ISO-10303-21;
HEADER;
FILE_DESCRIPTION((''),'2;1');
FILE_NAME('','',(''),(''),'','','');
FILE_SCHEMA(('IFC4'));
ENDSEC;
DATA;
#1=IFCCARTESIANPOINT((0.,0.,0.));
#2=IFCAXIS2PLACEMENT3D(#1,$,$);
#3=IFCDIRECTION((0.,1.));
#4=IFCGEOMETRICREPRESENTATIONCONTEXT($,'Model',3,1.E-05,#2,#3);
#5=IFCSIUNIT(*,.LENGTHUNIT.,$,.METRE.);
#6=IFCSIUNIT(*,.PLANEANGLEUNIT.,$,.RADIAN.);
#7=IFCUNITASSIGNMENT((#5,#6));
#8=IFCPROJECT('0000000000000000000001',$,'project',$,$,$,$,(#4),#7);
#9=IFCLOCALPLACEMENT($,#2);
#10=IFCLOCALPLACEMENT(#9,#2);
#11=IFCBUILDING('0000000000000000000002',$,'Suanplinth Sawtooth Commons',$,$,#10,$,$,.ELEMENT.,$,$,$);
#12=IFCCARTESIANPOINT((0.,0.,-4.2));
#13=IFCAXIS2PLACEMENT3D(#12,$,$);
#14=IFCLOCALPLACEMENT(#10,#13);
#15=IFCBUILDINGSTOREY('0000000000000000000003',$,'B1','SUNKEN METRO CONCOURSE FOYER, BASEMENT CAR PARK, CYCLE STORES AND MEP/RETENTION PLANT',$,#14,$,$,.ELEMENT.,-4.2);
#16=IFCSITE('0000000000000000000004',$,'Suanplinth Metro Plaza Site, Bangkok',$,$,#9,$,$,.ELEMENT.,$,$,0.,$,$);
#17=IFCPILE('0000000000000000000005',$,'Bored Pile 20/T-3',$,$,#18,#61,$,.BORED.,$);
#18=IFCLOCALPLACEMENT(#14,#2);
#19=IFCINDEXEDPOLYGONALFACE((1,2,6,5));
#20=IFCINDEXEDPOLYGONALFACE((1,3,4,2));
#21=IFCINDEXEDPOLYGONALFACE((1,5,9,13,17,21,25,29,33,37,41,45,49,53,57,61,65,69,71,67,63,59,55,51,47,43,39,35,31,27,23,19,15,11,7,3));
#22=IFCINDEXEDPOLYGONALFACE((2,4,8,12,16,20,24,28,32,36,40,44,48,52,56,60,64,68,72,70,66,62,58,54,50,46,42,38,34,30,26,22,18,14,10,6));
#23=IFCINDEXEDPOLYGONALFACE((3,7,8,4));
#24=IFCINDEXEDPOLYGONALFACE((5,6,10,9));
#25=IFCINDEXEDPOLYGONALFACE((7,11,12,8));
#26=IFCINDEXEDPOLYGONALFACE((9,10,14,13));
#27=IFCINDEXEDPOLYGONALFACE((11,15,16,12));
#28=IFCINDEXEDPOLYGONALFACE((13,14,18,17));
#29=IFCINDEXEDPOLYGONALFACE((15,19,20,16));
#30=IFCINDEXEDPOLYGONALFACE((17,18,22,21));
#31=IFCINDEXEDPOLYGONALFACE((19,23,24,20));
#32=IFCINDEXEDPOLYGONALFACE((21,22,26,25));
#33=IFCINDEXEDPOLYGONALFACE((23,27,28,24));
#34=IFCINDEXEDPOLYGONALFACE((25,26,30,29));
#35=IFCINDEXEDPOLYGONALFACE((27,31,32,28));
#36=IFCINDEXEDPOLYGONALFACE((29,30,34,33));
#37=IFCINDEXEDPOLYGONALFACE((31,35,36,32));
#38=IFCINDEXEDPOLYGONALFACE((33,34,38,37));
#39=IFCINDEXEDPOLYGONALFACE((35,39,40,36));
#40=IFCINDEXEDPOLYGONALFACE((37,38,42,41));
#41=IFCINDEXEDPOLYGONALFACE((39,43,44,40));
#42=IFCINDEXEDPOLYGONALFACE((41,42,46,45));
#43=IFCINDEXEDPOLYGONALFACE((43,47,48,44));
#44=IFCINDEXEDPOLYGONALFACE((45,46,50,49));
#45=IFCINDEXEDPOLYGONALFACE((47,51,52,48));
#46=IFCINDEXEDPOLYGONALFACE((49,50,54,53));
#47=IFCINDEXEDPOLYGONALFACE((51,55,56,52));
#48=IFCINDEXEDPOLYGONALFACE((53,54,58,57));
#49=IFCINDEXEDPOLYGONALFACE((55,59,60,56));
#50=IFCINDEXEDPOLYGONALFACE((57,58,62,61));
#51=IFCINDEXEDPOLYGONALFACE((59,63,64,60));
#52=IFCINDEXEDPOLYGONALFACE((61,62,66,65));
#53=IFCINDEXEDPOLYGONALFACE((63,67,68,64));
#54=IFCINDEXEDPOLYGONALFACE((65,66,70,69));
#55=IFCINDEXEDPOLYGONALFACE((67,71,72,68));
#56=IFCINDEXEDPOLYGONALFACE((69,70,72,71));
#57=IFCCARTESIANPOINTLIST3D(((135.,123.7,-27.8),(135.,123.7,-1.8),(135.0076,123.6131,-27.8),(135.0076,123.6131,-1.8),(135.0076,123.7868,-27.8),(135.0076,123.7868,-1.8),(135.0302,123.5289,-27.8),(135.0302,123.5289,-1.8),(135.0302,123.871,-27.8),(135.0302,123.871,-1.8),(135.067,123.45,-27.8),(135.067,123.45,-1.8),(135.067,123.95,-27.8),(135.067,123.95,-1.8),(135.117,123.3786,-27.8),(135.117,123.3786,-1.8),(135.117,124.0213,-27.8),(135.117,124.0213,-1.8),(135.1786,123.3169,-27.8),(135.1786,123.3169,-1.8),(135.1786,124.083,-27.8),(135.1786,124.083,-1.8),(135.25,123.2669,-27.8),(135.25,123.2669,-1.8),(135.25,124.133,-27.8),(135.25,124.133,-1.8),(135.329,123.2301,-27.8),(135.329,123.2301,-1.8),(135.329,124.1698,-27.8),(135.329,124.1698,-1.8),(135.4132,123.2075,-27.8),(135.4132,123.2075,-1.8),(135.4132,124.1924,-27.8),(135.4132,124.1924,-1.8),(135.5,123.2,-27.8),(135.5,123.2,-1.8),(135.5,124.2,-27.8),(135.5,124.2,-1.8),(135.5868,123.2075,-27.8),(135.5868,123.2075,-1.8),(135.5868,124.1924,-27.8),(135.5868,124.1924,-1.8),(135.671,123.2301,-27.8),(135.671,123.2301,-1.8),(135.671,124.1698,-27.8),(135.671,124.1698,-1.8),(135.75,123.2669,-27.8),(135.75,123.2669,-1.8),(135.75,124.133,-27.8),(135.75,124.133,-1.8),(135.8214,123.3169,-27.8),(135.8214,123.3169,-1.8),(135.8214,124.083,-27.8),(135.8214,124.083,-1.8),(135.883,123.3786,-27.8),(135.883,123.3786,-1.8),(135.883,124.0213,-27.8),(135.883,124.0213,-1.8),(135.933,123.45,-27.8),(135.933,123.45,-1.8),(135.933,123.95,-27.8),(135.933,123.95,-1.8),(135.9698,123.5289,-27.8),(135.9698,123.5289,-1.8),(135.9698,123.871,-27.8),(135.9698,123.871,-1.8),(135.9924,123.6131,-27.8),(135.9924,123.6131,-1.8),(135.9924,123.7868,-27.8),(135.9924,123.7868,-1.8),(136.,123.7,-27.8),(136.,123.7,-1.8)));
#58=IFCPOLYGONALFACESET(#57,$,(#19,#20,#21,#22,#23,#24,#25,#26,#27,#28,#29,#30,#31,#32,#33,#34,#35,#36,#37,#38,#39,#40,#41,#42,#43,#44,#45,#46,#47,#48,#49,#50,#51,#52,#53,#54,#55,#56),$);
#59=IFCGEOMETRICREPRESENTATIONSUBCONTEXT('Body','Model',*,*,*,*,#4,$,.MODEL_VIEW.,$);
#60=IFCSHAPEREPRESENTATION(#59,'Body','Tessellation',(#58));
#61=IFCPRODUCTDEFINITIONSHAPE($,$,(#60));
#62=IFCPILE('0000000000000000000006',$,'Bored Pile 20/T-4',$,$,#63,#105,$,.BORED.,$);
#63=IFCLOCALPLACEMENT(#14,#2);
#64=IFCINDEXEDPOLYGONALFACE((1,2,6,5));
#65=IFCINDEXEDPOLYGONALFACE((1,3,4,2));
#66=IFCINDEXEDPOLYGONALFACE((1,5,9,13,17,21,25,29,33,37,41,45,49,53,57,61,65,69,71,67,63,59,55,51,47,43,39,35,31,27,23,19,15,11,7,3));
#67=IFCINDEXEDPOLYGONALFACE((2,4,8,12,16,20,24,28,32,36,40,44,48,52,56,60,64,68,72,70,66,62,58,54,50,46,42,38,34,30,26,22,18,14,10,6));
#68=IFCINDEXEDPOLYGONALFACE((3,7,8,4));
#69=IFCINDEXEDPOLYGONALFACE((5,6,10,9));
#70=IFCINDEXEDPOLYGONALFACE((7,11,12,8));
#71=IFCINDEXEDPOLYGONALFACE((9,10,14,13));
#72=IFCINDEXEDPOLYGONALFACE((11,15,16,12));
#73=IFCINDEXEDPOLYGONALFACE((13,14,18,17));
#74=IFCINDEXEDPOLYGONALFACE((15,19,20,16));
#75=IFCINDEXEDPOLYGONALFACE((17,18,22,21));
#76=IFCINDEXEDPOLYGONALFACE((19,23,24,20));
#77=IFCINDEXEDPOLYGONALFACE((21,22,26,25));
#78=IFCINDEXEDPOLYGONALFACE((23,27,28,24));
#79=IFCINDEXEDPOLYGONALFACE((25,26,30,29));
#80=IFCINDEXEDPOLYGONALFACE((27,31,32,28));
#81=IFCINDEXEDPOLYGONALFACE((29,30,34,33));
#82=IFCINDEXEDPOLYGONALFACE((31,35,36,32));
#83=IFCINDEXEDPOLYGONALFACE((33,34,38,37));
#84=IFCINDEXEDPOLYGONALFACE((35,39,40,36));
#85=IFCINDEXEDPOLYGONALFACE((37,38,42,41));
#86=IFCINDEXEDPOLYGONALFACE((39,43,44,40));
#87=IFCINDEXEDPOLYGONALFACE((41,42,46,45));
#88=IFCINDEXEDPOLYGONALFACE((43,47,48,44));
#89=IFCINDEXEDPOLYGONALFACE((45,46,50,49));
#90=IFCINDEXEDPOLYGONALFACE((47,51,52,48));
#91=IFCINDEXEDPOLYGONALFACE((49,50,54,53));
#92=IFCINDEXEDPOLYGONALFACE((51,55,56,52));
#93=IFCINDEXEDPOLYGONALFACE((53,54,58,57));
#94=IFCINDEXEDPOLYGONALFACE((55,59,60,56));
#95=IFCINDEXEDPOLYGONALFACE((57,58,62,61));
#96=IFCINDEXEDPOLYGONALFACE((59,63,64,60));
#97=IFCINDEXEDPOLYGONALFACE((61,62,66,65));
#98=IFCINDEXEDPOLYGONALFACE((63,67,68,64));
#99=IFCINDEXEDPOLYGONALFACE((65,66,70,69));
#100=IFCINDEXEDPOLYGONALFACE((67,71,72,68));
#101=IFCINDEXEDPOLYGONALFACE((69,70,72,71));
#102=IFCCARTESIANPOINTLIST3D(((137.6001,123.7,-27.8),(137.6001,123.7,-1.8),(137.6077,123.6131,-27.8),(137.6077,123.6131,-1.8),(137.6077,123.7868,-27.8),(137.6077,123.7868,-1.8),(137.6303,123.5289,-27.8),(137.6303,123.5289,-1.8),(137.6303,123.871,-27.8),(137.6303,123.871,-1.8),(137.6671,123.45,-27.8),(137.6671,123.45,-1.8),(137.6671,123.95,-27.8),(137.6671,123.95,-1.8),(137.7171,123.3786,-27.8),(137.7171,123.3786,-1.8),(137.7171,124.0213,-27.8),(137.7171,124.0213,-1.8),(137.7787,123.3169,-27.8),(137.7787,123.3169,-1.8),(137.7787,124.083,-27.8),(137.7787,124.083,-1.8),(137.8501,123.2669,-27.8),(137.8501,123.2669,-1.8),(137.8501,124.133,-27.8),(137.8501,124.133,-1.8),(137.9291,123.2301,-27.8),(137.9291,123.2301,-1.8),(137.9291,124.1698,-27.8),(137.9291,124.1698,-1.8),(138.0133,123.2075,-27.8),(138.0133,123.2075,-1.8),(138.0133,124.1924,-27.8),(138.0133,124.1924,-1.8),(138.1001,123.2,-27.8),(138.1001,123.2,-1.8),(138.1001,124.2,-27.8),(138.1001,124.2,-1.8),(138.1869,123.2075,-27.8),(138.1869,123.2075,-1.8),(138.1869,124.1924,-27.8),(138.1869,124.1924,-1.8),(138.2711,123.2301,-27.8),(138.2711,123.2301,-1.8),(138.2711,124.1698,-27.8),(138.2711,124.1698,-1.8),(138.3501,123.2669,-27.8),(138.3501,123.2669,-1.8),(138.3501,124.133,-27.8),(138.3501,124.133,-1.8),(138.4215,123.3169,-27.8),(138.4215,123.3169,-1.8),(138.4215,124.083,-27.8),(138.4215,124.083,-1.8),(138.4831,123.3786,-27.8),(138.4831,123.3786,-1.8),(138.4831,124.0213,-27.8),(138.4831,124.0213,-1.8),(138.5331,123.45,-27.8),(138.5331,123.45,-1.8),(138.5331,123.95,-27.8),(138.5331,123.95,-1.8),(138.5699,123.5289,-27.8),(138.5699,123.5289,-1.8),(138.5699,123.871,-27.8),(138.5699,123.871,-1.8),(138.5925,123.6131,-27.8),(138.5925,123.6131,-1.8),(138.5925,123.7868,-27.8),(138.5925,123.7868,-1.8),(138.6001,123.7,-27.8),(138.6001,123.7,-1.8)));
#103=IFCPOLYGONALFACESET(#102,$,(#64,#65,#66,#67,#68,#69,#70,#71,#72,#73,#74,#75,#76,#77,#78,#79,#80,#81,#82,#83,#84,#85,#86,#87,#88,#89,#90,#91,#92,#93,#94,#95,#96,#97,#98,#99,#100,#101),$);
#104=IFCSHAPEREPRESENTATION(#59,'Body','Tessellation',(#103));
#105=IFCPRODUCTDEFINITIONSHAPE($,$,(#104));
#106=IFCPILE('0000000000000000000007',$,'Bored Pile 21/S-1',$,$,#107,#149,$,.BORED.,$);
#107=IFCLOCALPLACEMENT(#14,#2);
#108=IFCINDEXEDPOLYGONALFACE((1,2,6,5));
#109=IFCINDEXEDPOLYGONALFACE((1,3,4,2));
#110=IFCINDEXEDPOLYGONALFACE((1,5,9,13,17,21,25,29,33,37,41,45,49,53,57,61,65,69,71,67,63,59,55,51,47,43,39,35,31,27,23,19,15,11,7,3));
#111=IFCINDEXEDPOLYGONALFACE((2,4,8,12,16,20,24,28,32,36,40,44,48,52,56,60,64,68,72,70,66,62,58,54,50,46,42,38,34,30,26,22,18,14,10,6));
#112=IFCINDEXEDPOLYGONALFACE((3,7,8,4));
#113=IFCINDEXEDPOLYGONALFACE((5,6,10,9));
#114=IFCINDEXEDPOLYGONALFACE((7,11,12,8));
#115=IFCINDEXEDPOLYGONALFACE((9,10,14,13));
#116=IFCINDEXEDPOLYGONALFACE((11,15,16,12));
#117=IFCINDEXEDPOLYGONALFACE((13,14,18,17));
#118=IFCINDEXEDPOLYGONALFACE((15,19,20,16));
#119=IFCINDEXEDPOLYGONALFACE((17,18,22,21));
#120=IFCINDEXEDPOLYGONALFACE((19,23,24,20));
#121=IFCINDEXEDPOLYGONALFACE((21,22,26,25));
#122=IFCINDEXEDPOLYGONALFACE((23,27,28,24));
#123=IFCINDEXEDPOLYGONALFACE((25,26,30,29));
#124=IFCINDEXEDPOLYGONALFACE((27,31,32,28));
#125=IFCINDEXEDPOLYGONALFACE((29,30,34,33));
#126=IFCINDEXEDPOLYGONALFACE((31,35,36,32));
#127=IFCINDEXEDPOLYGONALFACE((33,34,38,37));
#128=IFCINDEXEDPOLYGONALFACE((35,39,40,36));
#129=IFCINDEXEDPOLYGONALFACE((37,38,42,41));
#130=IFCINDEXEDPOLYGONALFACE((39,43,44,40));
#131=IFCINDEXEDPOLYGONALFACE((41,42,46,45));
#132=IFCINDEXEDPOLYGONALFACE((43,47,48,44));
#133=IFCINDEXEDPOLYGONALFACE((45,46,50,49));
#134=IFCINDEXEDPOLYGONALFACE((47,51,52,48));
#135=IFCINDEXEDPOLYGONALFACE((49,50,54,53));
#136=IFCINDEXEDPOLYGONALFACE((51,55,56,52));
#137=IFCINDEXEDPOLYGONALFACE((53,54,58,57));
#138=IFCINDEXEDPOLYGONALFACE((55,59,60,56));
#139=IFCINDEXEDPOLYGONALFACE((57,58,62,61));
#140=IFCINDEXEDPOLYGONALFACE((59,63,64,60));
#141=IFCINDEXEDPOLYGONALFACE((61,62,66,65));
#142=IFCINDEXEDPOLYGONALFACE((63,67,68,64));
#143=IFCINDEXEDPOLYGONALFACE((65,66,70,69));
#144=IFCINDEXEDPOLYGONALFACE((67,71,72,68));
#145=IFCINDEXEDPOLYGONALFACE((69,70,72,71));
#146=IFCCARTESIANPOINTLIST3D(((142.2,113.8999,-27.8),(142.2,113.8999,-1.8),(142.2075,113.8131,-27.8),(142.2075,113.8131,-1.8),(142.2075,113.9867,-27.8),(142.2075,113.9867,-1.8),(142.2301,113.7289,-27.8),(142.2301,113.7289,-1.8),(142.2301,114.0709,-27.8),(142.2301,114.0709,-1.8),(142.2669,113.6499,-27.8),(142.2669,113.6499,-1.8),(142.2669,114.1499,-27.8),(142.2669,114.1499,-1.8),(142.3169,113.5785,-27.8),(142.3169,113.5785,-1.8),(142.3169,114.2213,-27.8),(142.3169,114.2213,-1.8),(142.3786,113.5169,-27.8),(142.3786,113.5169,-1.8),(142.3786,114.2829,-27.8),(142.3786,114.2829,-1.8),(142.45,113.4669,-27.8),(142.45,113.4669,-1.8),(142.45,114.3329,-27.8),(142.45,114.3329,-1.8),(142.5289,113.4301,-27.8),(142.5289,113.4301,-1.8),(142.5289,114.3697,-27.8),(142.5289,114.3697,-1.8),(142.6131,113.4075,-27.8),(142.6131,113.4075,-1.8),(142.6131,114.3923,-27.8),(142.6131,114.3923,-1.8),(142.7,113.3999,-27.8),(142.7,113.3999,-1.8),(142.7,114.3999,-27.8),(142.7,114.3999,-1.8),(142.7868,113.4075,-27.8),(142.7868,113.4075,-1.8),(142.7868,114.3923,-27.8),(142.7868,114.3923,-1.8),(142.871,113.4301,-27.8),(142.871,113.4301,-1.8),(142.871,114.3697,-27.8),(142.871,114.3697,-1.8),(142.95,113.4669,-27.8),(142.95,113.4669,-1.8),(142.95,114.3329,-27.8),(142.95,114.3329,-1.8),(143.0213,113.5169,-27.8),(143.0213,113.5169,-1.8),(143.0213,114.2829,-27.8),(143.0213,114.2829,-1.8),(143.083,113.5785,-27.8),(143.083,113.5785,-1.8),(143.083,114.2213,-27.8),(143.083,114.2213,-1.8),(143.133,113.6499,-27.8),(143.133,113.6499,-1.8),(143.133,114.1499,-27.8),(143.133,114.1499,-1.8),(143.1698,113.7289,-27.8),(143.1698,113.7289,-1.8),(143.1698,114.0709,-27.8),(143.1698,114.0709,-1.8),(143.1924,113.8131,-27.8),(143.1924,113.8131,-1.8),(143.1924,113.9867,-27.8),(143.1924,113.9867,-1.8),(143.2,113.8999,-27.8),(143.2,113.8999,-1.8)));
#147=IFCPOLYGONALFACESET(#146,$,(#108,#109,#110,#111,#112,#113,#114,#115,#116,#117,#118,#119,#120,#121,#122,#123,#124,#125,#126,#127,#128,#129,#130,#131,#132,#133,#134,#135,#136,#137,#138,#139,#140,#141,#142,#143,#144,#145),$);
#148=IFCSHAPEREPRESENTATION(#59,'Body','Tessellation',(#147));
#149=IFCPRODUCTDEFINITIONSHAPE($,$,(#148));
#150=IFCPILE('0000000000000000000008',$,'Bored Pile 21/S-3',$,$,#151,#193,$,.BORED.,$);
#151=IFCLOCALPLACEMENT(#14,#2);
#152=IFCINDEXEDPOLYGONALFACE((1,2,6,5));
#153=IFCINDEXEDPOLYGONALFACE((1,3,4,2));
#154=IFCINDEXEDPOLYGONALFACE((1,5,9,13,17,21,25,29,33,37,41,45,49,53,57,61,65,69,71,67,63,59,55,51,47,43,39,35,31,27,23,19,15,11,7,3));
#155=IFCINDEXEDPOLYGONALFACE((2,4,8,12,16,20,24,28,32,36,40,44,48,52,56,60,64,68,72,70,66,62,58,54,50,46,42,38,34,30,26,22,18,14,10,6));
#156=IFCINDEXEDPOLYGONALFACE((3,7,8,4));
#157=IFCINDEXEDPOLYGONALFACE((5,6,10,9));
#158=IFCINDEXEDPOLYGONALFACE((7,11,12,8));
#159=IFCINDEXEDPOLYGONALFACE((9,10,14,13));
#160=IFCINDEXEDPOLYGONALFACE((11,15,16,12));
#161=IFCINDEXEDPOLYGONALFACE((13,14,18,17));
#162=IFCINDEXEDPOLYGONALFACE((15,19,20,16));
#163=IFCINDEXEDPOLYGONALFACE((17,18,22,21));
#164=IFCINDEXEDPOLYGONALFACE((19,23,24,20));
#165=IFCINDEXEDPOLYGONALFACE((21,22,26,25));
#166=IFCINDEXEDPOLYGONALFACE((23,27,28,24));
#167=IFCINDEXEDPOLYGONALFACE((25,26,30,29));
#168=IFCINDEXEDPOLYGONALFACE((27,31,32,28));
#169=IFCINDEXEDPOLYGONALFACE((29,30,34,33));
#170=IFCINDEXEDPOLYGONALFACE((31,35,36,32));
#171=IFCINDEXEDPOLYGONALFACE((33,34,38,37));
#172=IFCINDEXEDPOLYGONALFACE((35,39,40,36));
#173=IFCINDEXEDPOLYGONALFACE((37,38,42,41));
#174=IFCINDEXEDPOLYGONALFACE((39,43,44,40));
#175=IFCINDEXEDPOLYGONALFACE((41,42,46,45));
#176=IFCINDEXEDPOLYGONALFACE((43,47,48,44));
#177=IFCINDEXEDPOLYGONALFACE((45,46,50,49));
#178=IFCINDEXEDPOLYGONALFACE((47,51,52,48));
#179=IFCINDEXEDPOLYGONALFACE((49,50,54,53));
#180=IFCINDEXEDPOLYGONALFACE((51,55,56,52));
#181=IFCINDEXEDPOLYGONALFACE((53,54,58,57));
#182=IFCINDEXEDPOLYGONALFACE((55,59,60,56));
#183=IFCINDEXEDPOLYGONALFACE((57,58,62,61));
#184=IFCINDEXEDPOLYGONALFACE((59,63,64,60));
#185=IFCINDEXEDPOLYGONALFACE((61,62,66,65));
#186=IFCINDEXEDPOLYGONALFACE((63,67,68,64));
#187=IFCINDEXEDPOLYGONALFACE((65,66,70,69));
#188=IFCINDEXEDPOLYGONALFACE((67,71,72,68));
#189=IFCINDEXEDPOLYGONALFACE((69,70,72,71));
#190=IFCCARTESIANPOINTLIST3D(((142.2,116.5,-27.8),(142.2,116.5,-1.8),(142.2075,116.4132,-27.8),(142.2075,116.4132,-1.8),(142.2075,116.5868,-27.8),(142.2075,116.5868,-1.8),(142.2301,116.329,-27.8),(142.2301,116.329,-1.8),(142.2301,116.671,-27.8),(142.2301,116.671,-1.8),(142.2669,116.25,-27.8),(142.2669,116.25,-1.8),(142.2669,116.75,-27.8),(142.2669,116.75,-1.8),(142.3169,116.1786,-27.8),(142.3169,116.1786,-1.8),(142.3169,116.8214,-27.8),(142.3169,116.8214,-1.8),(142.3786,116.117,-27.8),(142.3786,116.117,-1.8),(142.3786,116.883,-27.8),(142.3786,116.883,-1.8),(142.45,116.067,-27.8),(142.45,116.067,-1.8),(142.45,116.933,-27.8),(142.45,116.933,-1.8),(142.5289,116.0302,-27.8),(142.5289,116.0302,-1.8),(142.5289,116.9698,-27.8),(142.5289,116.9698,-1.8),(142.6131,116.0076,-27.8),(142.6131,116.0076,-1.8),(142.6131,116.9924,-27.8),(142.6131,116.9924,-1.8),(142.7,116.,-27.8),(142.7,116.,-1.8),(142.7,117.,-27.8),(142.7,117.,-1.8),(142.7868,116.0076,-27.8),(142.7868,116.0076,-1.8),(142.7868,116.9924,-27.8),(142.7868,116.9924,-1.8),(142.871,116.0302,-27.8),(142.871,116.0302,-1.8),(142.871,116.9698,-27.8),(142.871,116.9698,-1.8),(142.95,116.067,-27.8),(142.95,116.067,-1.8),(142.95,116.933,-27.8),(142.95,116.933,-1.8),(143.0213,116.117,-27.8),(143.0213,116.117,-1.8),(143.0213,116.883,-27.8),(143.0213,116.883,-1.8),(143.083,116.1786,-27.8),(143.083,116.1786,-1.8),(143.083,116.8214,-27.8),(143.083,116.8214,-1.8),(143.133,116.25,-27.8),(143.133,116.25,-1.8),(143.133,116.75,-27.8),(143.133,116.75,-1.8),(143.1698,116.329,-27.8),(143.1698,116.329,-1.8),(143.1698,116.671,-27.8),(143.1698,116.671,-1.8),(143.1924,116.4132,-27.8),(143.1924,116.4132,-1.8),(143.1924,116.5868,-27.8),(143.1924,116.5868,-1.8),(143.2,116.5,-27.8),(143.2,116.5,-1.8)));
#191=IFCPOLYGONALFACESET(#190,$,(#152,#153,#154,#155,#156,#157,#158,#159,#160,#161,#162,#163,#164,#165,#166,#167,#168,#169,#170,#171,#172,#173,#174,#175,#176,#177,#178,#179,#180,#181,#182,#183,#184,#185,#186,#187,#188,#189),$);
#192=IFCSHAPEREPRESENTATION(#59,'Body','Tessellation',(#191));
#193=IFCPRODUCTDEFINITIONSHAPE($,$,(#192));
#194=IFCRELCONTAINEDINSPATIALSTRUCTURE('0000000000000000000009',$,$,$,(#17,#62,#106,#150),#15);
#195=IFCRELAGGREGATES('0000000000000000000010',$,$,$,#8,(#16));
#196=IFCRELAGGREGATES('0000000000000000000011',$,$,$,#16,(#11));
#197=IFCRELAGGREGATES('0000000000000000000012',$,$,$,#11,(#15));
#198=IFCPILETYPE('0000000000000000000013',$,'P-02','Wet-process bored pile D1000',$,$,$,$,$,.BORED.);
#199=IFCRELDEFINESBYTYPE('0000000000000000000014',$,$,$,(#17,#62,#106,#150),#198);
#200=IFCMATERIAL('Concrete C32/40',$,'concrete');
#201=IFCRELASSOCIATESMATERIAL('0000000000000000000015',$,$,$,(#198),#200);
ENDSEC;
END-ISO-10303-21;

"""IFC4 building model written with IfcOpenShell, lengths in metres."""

from ifc_helpers import new_model, si_unit, direction, frame, origin, origin_2d, place, context, subcontext, project, spatial, circle, extrude, material, material_profile, profile_set, type_object, element, save


model = new_model("IFC4")

# Units and contexts
model_context = context("Model", 3, precision=1e-05, world=origin(), true_north=direction((0.0, 1.0)))
body_context = subcontext(model_context, "Body", "Model", "MODEL_VIEW")
ifc_project = project(units=[si_unit("LENGTHUNIT", "METRE"), si_unit("PLANEANGLEUNIT", "RADIAN")], contexts=[model_context])

# Site, building, storey
site_placement = place(None, origin())
site = spatial("IfcSite", under=ifc_project, at=site_placement, Name="Suanplinth Metro Plaza Site, Bangkok", CompositionType="ELEMENT", RefElevation=0.0)
building_placement = place(site_placement, origin())
building = spatial("IfcBuilding", under=site, at=building_placement, Name="Suanplinth Sawtooth Commons", CompositionType="ELEMENT")
storey_placement = place(building_placement, frame((0.0, 0.0, -4.2)))
storey = spatial("IfcBuildingStorey", under=building, at=storey_placement, Name="B1", Description="SUNKEN METRO CONCOURSE FOYER, BASEMENT CAR PARK, CYCLE STORES AND MEP/RETENTION PLANT", CompositionType="ELEMENT", Elevation=-4.2)

# Piles
ifc_material_1 = material(Name="Concrete C32/40", Category="concrete")
ifc_material_profile_1 = material_profile(ifc_material_1, circle(Radius=0.5, at=origin_2d()), Name="PILE D1000")
ifc_profile_set_1 = profile_set([ifc_material_profile_1], Name="Concrete C32/40")
pile_type = type_object("IfcPileType", Name="P-02", Description="Wet-process bored pile D1000", PredefinedType="BORED", material=ifc_profile_set_1)
for number, where, z_axis, x_axis, name in (
    (1, (135.5, 123.7, -1.8), (0.0, 0.0, -1.0), (1.0, 0.0, 0.0), "Bored Pile 20/T-3"),
    (2, (138.1001, 123.7, -1.8), (0.0, 0.0, -1.0), (1.0, 0.0, 0.0), "Bored Pile 20/T-4"),
    (3, (142.7, 113.8999, -1.8), (0.0, 0.0, -1.0), (1.0, 0.0, 0.0), "Bored Pile 21/S-1"),
    (4, (142.7, 116.5, -1.8), (0.0, 0.0, -1.0), (1.0, 0.0, 0.0), "Bored Pile 21/S-3"),
):
    element("IfcPile", number, at=place(storey_placement, frame(where, z_axis=z_axis, x_axis=x_axis)), inside=storey, type_object=pile_type, Name=name, PredefinedType="BORED", context=body_context, shape_type="SweptSolid", body=[
        extrude(circle(Radius=0.5, at=origin_2d()), origin(), (0.0, 0.0, 1.0), 26.0),
    ])

save(model, "model.ifc")
